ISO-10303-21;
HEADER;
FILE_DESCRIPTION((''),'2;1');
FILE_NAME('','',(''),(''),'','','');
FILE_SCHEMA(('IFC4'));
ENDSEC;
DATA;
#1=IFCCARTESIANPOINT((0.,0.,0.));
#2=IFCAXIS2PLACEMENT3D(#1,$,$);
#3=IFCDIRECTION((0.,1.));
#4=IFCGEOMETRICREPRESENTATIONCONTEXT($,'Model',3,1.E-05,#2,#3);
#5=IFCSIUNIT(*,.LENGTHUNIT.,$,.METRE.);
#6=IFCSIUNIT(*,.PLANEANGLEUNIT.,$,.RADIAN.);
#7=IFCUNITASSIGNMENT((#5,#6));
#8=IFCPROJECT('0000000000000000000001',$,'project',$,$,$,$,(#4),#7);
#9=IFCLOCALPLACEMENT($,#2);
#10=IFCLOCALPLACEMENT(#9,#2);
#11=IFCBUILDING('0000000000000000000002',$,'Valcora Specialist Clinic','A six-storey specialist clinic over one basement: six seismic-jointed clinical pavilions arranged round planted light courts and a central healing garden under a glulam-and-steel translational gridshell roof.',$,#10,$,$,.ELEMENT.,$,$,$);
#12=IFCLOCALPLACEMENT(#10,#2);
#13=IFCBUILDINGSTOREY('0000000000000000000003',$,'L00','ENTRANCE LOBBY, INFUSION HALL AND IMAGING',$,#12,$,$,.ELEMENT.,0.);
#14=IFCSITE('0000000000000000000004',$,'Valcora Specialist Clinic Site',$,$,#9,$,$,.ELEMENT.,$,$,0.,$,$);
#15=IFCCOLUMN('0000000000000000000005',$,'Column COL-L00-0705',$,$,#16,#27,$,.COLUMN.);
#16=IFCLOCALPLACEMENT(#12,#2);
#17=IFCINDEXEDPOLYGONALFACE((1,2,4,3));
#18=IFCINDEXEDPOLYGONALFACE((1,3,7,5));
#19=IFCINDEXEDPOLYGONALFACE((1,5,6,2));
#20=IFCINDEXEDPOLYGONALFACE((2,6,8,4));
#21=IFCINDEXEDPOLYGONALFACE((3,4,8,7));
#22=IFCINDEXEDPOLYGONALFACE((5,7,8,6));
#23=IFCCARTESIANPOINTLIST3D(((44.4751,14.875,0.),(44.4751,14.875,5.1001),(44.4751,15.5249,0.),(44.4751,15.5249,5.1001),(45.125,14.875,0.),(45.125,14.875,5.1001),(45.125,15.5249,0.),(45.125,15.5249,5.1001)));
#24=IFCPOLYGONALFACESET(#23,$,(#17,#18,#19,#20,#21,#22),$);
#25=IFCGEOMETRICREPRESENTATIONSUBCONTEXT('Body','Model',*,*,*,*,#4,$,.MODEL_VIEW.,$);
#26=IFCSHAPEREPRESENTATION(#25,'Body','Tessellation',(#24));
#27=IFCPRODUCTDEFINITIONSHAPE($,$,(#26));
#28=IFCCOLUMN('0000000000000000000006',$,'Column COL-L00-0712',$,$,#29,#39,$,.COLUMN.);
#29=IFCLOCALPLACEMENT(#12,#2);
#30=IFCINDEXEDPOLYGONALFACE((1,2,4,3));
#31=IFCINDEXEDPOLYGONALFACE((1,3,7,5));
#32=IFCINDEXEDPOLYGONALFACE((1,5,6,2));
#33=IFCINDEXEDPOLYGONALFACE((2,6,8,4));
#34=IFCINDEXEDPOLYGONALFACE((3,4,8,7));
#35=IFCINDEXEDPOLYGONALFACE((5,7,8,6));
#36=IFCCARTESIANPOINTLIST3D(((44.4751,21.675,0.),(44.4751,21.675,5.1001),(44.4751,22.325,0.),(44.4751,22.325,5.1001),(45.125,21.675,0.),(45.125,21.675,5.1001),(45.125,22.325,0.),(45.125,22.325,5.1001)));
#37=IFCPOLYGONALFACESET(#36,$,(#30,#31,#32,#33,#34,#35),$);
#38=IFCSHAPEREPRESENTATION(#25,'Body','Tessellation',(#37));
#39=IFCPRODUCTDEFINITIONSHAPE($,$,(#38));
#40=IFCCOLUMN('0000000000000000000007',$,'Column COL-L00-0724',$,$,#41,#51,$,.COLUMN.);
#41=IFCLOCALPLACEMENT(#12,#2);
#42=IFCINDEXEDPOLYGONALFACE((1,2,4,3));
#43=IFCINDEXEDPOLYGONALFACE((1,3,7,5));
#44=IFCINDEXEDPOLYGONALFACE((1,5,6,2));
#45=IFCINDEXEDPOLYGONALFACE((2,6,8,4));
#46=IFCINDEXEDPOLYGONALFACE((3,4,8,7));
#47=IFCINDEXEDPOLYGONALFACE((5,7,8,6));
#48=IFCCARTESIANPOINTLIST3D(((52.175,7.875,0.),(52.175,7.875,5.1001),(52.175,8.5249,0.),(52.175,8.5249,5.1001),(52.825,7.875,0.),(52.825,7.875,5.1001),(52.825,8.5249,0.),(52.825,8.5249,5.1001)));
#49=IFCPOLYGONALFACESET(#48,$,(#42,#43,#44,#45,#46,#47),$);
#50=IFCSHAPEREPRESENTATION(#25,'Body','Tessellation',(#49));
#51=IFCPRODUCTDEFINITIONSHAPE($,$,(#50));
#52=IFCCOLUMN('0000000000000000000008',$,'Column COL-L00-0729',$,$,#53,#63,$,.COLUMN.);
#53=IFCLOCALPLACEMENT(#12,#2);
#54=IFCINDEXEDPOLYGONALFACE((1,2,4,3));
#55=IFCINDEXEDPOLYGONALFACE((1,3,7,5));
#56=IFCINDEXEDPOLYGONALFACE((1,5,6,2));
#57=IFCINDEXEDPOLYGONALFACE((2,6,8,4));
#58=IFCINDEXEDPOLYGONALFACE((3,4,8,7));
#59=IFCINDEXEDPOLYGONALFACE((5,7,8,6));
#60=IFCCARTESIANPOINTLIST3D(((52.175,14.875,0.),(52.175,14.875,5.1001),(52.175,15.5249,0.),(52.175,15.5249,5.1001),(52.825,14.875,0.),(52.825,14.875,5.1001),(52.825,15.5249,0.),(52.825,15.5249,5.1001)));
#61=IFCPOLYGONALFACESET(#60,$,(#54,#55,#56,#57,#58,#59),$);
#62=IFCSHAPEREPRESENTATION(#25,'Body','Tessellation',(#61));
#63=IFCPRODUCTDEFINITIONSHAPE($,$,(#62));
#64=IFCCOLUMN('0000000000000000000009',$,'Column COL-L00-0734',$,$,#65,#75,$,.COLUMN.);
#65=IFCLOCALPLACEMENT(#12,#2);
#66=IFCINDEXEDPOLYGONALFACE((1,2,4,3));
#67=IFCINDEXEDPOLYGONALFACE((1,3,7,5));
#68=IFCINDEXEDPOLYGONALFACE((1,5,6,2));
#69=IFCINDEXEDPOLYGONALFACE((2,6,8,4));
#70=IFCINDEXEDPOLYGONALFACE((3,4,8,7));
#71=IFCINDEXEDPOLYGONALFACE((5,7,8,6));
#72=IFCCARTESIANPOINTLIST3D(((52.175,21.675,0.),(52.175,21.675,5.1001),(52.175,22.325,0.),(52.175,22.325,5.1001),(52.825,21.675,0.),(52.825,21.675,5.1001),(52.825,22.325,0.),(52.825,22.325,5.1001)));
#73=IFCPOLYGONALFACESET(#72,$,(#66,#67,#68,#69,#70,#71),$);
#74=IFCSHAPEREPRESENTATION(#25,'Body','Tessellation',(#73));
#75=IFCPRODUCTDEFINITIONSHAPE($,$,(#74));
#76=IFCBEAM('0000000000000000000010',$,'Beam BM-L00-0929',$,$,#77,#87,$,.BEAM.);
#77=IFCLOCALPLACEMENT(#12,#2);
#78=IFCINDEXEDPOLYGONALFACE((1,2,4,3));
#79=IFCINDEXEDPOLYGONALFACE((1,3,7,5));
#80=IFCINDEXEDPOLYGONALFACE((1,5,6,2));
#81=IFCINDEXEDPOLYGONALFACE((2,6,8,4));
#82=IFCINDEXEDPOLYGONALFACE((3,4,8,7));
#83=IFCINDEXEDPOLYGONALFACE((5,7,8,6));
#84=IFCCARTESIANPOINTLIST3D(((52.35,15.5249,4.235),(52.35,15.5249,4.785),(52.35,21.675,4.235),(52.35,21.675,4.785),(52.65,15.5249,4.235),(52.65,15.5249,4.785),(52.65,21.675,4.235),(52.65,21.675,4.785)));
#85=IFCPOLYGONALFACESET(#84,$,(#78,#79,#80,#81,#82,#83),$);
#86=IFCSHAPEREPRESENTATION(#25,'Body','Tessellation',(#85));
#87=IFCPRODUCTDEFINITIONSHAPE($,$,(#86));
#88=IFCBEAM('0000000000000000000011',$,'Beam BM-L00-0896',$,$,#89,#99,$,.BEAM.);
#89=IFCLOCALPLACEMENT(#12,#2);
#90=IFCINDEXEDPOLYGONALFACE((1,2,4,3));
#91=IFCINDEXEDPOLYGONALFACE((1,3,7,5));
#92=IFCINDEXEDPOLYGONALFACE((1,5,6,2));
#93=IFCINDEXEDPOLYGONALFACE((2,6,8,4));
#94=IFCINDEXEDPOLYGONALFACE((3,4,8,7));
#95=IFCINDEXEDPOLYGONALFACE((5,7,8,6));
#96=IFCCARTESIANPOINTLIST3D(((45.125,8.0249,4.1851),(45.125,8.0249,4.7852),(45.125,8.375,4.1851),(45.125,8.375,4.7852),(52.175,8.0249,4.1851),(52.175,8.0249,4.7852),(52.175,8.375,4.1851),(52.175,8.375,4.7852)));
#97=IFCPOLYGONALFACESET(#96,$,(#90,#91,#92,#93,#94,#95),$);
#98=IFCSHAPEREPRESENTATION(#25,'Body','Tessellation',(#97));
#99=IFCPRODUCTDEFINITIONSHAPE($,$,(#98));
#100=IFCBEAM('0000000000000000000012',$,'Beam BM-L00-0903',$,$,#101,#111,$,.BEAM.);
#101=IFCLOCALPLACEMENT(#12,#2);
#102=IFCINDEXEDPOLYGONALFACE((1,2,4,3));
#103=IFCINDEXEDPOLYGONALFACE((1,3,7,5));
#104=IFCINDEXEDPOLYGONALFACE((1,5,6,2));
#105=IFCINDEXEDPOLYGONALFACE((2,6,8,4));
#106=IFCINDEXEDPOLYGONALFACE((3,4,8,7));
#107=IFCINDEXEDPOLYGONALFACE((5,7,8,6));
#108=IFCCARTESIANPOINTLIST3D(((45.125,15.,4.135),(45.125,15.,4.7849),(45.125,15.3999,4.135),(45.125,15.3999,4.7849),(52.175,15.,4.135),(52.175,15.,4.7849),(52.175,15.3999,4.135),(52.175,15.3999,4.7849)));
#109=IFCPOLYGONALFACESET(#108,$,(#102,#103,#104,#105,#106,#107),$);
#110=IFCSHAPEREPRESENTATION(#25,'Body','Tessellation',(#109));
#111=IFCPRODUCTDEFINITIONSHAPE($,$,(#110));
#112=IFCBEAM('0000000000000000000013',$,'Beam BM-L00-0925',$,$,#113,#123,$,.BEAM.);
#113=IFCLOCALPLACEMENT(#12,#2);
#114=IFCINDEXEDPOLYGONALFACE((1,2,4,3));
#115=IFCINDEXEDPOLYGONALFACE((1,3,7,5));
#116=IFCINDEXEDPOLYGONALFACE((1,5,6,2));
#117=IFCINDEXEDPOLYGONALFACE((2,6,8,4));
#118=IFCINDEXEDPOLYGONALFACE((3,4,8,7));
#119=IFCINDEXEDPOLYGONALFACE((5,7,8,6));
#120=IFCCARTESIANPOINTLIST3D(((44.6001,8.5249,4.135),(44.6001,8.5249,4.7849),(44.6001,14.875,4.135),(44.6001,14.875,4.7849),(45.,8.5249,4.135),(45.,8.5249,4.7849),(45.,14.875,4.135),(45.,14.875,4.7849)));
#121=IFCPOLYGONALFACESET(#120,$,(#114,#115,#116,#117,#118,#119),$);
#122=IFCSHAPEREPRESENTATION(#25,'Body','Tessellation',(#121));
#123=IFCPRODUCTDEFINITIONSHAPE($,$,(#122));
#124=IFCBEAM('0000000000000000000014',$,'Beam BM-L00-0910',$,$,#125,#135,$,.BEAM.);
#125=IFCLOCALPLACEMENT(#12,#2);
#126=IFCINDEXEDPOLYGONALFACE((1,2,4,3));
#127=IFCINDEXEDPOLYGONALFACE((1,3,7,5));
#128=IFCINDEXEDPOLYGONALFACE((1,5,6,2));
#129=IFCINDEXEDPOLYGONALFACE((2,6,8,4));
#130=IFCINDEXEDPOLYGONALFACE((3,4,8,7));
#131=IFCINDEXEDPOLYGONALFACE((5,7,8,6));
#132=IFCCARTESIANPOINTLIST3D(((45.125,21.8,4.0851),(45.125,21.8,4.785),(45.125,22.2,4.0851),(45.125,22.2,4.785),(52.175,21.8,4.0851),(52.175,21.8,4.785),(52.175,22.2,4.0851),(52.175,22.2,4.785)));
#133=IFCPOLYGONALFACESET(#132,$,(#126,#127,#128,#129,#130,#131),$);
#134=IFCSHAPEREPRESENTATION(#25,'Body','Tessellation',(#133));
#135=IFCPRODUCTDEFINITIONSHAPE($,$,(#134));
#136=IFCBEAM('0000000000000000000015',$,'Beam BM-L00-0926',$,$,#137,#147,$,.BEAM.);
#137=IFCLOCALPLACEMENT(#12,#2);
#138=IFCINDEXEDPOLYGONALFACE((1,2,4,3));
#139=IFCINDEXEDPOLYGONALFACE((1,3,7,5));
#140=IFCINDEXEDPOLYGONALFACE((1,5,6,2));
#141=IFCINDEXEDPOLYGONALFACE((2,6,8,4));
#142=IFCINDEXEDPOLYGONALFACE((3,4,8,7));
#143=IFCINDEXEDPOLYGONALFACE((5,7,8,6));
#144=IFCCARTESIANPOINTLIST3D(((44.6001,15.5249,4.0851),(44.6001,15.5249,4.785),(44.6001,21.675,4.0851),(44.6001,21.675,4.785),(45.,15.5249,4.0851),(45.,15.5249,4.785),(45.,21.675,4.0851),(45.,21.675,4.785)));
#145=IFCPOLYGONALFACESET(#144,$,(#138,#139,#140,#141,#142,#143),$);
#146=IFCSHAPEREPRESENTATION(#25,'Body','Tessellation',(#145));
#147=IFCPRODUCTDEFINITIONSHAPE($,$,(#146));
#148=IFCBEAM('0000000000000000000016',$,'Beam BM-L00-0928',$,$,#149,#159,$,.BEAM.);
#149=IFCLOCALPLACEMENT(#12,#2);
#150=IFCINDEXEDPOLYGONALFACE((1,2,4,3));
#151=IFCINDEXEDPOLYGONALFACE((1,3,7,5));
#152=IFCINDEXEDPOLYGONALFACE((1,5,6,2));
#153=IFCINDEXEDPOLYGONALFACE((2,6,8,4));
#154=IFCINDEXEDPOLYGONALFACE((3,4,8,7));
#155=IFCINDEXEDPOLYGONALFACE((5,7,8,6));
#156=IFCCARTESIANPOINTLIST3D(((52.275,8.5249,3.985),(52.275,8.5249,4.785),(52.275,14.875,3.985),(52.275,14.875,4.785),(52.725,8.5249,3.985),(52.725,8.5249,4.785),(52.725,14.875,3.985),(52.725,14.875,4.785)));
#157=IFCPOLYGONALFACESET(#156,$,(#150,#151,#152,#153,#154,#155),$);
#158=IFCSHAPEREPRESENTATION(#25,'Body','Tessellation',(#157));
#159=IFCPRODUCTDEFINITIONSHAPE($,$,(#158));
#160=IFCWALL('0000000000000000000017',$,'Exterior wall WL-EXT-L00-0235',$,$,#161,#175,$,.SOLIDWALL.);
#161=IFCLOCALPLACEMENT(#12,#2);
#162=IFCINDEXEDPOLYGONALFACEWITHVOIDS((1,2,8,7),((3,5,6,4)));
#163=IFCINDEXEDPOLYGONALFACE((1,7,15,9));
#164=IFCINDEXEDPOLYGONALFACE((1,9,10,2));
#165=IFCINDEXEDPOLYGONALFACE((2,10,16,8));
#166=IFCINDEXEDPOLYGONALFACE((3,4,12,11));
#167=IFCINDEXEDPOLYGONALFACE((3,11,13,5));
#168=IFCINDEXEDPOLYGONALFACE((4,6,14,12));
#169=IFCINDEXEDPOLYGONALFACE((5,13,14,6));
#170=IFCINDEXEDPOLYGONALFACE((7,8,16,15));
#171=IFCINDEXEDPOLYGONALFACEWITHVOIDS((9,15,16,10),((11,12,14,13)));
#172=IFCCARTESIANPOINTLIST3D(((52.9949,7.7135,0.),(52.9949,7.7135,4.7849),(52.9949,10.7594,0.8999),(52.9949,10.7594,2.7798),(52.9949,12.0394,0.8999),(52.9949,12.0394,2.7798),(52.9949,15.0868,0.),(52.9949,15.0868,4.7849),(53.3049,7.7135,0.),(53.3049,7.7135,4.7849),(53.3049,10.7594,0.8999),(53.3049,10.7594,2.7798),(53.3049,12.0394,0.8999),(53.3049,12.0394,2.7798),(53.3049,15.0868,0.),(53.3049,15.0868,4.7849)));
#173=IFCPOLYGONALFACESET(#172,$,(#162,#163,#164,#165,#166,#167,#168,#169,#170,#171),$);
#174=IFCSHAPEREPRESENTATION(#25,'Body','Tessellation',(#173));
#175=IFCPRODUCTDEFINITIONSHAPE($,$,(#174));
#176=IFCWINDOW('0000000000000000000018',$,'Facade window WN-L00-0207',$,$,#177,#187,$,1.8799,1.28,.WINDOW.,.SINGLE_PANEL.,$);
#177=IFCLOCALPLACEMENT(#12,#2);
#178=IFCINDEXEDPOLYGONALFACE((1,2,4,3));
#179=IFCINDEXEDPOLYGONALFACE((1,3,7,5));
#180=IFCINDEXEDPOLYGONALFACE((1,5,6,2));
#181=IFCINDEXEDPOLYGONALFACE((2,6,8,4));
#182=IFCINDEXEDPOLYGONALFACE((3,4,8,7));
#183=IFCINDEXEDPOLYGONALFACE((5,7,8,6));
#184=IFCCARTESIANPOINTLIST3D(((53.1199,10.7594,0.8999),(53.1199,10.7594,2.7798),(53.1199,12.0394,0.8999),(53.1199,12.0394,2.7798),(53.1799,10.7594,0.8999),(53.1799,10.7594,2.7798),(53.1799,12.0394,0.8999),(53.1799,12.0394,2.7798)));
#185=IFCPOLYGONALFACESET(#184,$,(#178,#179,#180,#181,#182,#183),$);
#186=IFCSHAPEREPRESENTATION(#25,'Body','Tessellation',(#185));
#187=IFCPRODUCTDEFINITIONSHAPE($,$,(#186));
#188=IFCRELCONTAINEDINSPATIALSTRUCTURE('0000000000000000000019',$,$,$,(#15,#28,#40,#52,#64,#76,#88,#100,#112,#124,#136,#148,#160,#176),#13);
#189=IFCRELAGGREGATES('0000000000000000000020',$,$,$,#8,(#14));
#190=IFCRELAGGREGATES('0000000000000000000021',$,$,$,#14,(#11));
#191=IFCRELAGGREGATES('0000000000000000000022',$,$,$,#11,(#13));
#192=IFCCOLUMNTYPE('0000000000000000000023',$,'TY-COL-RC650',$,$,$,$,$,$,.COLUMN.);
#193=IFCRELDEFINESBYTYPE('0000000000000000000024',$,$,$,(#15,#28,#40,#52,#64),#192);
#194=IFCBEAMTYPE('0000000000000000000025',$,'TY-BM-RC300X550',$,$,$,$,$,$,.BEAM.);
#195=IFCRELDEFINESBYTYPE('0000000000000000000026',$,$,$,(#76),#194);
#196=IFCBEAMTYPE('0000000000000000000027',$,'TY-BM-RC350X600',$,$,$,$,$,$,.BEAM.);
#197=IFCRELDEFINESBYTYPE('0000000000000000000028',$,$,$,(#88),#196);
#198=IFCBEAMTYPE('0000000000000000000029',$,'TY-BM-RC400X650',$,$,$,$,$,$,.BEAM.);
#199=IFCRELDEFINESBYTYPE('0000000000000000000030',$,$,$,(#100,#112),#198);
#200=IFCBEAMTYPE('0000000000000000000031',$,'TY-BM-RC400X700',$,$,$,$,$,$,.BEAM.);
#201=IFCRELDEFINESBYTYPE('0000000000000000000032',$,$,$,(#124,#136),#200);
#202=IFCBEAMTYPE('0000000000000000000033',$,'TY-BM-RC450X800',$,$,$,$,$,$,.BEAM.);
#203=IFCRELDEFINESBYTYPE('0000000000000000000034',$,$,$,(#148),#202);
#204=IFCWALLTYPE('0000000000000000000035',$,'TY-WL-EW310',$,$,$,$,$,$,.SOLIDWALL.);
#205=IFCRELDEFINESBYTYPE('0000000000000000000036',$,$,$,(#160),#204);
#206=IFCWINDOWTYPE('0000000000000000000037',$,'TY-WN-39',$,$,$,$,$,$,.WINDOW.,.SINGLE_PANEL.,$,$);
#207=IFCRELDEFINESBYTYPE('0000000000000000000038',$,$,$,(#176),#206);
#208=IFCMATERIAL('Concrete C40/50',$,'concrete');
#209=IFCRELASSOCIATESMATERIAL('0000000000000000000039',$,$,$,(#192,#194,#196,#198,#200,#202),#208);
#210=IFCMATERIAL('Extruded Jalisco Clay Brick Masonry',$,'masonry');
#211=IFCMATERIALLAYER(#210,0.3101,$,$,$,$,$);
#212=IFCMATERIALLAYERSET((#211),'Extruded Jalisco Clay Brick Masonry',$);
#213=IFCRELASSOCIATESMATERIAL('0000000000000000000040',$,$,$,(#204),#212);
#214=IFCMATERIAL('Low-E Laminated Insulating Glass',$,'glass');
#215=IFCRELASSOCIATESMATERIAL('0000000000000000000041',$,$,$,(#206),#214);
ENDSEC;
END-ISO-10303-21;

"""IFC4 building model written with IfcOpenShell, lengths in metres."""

from ifc_helpers import new_model, si_unit, direction, frame, frame_2d, origin, origin_2d, place, context, subcontext, project, spatial, rectangle, extrude, material, layer, layer_set, material_profile, profile_set, type_object, element, fill, save


model = new_model("IFC4")

# Units and contexts
model_context = context("Model", 3, precision=1e-05, world=origin(), true_north=direction((0.0, 1.0)))
body_context = subcontext(model_context, "Body", "Model", "MODEL_VIEW")
ifc_project = project(units=[si_unit("LENGTHUNIT", "METRE"), si_unit("PLANEANGLEUNIT", "RADIAN")], contexts=[model_context])

# Site, building, storey
site_placement = place(None, origin())
site = spatial("IfcSite", under=ifc_project, at=site_placement, Name="Valcora Specialist Clinic Site", CompositionType="ELEMENT", RefElevation=0.0)
building_placement = place(site_placement, origin())
building = spatial("IfcBuilding", under=site, at=building_placement, Name="Valcora Specialist Clinic", Description="A six-storey specialist clinic over one basement: six seismic-jointed clinical pavilions arranged round planted light courts and a central healing garden under a glulam-and-steel translational gridshell roof.", CompositionType="ELEMENT")
storey_placement = place(building_placement, origin())
storey = spatial("IfcBuildingStorey", under=building, at=storey_placement, Name="L00", Description="ENTRANCE LOBBY, INFUSION HALL AND IMAGING", CompositionType="ELEMENT", Elevation=0.0)

# Columns
ifc_material_1 = material(Name="Concrete C40/50", Category="concrete")
ifc_material_profile_1 = material_profile(ifc_material_1, rectangle(XDim=0.6499, YDim=0.6499, at=origin_2d()), Name="RC-COL-650X650")
ifc_profile_set_1 = profile_set([ifc_material_profile_1], Name="Concrete C40/50")
column_type = type_object("IfcColumnType", Name="TY-COL-RC650", PredefinedType="COLUMN", material=ifc_profile_set_1)
for number, where, z_axis, x_axis, name in (
    (1, (44.8, 15.2, 0.0), (0.0, 0.0, 1.0), (1.0, 0.0, 0.0), "Column COL-L00-0705"),
    (2, (44.8, 22.0, 0.0), (0.0, 0.0, 1.0), (1.0, 0.0, 0.0), "Column COL-L00-0712"),
    (3, (52.5, 8.2, 0.0), (0.0, 0.0, 1.0), (1.0, 0.0, 0.0), "Column COL-L00-0724"),
    (4, (52.5, 15.2, 0.0), (0.0, 0.0, 1.0), (1.0, 0.0, 0.0), "Column COL-L00-0729"),
    (5, (52.5, 22.0, 0.0), (0.0, 0.0, 1.0), (1.0, 0.0, 0.0), "Column COL-L00-0734"),
):
    element("IfcColumn", number, at=place(storey_placement, frame(where, z_axis=z_axis, x_axis=x_axis)), inside=storey, type_object=column_type, Name=name, PredefinedType="COLUMN", context=body_context, shape_type="SweptSolid", body=[
        extrude(rectangle(XDim=0.6499, YDim=0.6499, at=origin_2d()), origin(), (0.0, 0.0, 1.0), 5.1001),
    ])

# Beams
ifc_material_profile_2 = material_profile(ifc_material_1, rectangle(XDim=0.3, YDim=0.55, at=origin_2d()), Name="RC-BM-300X550")
ifc_profile_set_2 = profile_set([ifc_material_profile_2], Name="Concrete C40/50")
beam_type_1 = type_object("IfcBeamType", Name="TY-BM-RC300X550", PredefinedType="BEAM", material=ifc_profile_set_2)
beam_1_placement = place(storey_placement, frame((52.5, 15.5249, 4.51), z_axis=(0.0, 1.0, 0.0), x_axis=(-1.0, 0.0, 0.0)))
element("IfcBeam", 6, at=beam_1_placement, inside=storey, type_object=beam_type_1, Name="Beam BM-L00-0929", PredefinedType="BEAM", context=body_context, shape_type="SweptSolid", body=[
    extrude(rectangle(XDim=0.3, YDim=0.55, at=origin_2d()), origin(), (0.0, 0.0, 1.0), 6.1501),
])
ifc_material_profile_3 = material_profile(ifc_material_1, rectangle(XDim=0.3501, YDim=0.6001, at=origin_2d()), Name="RC-BM-350X600")
ifc_profile_set_3 = profile_set([ifc_material_profile_3], Name="Concrete C40/50")
beam_type_2 = type_object("IfcBeamType", Name="TY-BM-RC350X600", PredefinedType="BEAM", material=ifc_profile_set_3)
beam_2_placement = place(storey_placement, frame((45.125, 8.2, 4.4851), z_axis=(1.0, 0.0, 0.0), x_axis=(0.0, 1.0, 0.0)))
element("IfcBeam", 7, at=beam_2_placement, inside=storey, type_object=beam_type_2, Name="Beam BM-L00-0896", PredefinedType="BEAM", context=body_context, shape_type="SweptSolid", body=[
    extrude(rectangle(XDim=0.3501, YDim=0.6001, at=origin_2d()), origin(), (0.0, 0.0, 1.0), 7.05),
])
ifc_material_profile_4 = material_profile(ifc_material_1, rectangle(XDim=0.3999, YDim=0.6499, at=origin_2d()), Name="RC-BM-400X650")
ifc_profile_set_4 = profile_set([ifc_material_profile_4], Name="Concrete C40/50")
beam_type_3 = type_object("IfcBeamType", Name="TY-BM-RC400X650", PredefinedType="BEAM", material=ifc_profile_set_4)
beam_3_placement = place(storey_placement, frame((45.125, 15.2, 4.46), z_axis=(1.0, 0.0, 0.0), x_axis=(0.0, 1.0, 0.0)))
element("IfcBeam", 8, at=beam_3_placement, inside=storey, type_object=beam_type_3, Name="Beam BM-L00-0903", PredefinedType="BEAM", context=body_context, shape_type="SweptSolid", body=[
    extrude(rectangle(XDim=0.3999, YDim=0.6499, at=origin_2d()), origin(), (0.0, 0.0, 1.0), 7.05),
])
beam_4_placement = place(storey_placement, frame((44.8, 8.5249, 4.46), z_axis=(0.0, 1.0, 0.0), x_axis=(-1.0, 0.0, 0.0)))
element("IfcBeam", 9, at=beam_4_placement, inside=storey, type_object=beam_type_3, Name="Beam BM-L00-0925", PredefinedType="BEAM", context=body_context, shape_type="SweptSolid", body=[
    extrude(rectangle(XDim=0.3999, YDim=0.6499, at=origin_2d()), origin(), (0.0, 0.0, 1.0), 6.3501),
])
ifc_material_profile_5 = material_profile(ifc_material_1, rectangle(XDim=0.3999, YDim=0.7, at=origin_2d()), Name="RC-BM-400X700")
ifc_profile_set_5 = profile_set([ifc_material_profile_5], Name="Concrete C40/50")
beam_type_4 = type_object("IfcBeamType", Name="TY-BM-RC400X700", PredefinedType="BEAM", material=ifc_profile_set_5)
beam_5_placement = place(storey_placement, frame((45.125, 22.0, 4.4351), z_axis=(1.0, 0.0, 0.0), x_axis=(0.0, 1.0, 0.0)))
element("IfcBeam", 10, at=beam_5_placement, inside=storey, type_object=beam_type_4, Name="Beam BM-L00-0910", PredefinedType="BEAM", context=body_context, shape_type="SweptSolid", body=[
    extrude(rectangle(XDim=0.3999, YDim=0.7, at=origin_2d()), origin(), (0.0, 0.0, 1.0), 7.05),
])
beam_6_placement = place(storey_placement, frame((44.8, 15.5249, 4.4351), z_axis=(0.0, 1.0, 0.0), x_axis=(-1.0, 0.0, 0.0)))
element("IfcBeam", 11, at=beam_6_placement, inside=storey, type_object=beam_type_4, Name="Beam BM-L00-0926", PredefinedType="BEAM", context=body_context, shape_type="SweptSolid", body=[
    extrude(rectangle(XDim=0.3999, YDim=0.7, at=origin_2d()), origin(), (0.0, 0.0, 1.0), 6.1501),
])
ifc_material_profile_6 = material_profile(ifc_material_1, rectangle(XDim=0.45, YDim=0.8, at=origin_2d()), Name="RC-BM-450X800")
ifc_profile_set_6 = profile_set([ifc_material_profile_6], Name="Concrete C40/50")
beam_type_5 = type_object("IfcBeamType", Name="TY-BM-RC450X800", PredefinedType="BEAM", material=ifc_profile_set_6)
beam_7_placement = place(storey_placement, frame((52.5, 8.5249, 4.385), z_axis=(0.0, 1.0, 0.0), x_axis=(-1.0, 0.0, 0.0)))
element("IfcBeam", 12, at=beam_7_placement, inside=storey, type_object=beam_type_5, Name="Beam BM-L00-0928", PredefinedType="BEAM", context=body_context, shape_type="SweptSolid", body=[
    extrude(rectangle(XDim=0.45, YDim=0.8, at=origin_2d()), origin(), (0.0, 0.0, 1.0), 6.3501),
])

# Wall, opening, window
ifc_material_2 = material(Name="Extruded Jalisco Clay Brick Masonry", Category="masonry")
ifc_layer_1 = layer(ifc_material_2, 0.3101)
ifc_layer_set_1 = layer_set([ifc_layer_1], Name="Extruded Jalisco Clay Brick Masonry")
wall_type_1 = type_object("IfcWallType", Name="TY-WL-EW310", PredefinedType="SOLIDWALL", material=ifc_layer_set_1)
wall_1_placement = place(storey_placement, frame((53.1499, 15.0867, 0.0), z_axis=(0.0, 0.0, 1.0), x_axis=(0.0, -1.0, 0.0)))
wall_1 = element("IfcWall", 13, at=wall_1_placement, inside=storey, type_object=wall_type_1, Name="Exterior wall WL-EXT-L00-0235", PredefinedType="SOLIDWALL", context=body_context, shape_type="SweptSolid", body=[
    extrude(rectangle(XDim=7.3733, YDim=0.3101, at=frame_2d((3.6865, 0.0))), origin(), (0.0, 0.0, 1.0), 4.7849),
])
opening_1_placement = place(wall_1_placement, frame((3.0471, 0.0, 0.8999)))
opening_1 = element("IfcOpeningElement", 14, at=opening_1_placement, cuts=wall_1, PredefinedType="OPENING", context=body_context, shape_type="SweptSolid", body=[
    extrude(rectangle(XDim=1.28, YDim=1.8799, at=frame_2d((0.6401, 0.9399))), frame((0.0, 0.165, 0.0), z_axis=(0.0, -1.0, 0.0), x_axis=(1.0, 0.0, 0.0)), (0.0, 0.0, 1.0), 0.3301),
])
ifc_material_3 = material(Name="Low-E Laminated Insulating Glass", Category="glass")
window_type_1 = type_object("IfcWindowType", Name="TY-WN-39", PartitioningType="SINGLE_PANEL", PredefinedType="WINDOW", material=ifc_material_3)
window_1_placement = place(opening_1_placement, origin())
window_1 = element("IfcWindow", 15, at=window_1_placement, inside=storey, type_object=window_type_1, Name="Facade window WN-L00-0207", OverallHeight=1.8799, OverallWidth=1.28, PartitioningType="SINGLE_PANEL", PredefinedType="WINDOW", context=body_context, shape_type="SweptSolid", body=[
    extrude(rectangle(XDim=1.28, YDim=1.8799, at=frame_2d((0.6401, 0.9399))), frame((0.0, 0.03, 0.0), z_axis=(0.0, -1.0, 0.0), x_axis=(1.0, 0.0, 0.0)), (0.0, 0.0, 1.0), 0.0601),
])
fill(opening_1, window_1)

save(model, "model.ifc")
